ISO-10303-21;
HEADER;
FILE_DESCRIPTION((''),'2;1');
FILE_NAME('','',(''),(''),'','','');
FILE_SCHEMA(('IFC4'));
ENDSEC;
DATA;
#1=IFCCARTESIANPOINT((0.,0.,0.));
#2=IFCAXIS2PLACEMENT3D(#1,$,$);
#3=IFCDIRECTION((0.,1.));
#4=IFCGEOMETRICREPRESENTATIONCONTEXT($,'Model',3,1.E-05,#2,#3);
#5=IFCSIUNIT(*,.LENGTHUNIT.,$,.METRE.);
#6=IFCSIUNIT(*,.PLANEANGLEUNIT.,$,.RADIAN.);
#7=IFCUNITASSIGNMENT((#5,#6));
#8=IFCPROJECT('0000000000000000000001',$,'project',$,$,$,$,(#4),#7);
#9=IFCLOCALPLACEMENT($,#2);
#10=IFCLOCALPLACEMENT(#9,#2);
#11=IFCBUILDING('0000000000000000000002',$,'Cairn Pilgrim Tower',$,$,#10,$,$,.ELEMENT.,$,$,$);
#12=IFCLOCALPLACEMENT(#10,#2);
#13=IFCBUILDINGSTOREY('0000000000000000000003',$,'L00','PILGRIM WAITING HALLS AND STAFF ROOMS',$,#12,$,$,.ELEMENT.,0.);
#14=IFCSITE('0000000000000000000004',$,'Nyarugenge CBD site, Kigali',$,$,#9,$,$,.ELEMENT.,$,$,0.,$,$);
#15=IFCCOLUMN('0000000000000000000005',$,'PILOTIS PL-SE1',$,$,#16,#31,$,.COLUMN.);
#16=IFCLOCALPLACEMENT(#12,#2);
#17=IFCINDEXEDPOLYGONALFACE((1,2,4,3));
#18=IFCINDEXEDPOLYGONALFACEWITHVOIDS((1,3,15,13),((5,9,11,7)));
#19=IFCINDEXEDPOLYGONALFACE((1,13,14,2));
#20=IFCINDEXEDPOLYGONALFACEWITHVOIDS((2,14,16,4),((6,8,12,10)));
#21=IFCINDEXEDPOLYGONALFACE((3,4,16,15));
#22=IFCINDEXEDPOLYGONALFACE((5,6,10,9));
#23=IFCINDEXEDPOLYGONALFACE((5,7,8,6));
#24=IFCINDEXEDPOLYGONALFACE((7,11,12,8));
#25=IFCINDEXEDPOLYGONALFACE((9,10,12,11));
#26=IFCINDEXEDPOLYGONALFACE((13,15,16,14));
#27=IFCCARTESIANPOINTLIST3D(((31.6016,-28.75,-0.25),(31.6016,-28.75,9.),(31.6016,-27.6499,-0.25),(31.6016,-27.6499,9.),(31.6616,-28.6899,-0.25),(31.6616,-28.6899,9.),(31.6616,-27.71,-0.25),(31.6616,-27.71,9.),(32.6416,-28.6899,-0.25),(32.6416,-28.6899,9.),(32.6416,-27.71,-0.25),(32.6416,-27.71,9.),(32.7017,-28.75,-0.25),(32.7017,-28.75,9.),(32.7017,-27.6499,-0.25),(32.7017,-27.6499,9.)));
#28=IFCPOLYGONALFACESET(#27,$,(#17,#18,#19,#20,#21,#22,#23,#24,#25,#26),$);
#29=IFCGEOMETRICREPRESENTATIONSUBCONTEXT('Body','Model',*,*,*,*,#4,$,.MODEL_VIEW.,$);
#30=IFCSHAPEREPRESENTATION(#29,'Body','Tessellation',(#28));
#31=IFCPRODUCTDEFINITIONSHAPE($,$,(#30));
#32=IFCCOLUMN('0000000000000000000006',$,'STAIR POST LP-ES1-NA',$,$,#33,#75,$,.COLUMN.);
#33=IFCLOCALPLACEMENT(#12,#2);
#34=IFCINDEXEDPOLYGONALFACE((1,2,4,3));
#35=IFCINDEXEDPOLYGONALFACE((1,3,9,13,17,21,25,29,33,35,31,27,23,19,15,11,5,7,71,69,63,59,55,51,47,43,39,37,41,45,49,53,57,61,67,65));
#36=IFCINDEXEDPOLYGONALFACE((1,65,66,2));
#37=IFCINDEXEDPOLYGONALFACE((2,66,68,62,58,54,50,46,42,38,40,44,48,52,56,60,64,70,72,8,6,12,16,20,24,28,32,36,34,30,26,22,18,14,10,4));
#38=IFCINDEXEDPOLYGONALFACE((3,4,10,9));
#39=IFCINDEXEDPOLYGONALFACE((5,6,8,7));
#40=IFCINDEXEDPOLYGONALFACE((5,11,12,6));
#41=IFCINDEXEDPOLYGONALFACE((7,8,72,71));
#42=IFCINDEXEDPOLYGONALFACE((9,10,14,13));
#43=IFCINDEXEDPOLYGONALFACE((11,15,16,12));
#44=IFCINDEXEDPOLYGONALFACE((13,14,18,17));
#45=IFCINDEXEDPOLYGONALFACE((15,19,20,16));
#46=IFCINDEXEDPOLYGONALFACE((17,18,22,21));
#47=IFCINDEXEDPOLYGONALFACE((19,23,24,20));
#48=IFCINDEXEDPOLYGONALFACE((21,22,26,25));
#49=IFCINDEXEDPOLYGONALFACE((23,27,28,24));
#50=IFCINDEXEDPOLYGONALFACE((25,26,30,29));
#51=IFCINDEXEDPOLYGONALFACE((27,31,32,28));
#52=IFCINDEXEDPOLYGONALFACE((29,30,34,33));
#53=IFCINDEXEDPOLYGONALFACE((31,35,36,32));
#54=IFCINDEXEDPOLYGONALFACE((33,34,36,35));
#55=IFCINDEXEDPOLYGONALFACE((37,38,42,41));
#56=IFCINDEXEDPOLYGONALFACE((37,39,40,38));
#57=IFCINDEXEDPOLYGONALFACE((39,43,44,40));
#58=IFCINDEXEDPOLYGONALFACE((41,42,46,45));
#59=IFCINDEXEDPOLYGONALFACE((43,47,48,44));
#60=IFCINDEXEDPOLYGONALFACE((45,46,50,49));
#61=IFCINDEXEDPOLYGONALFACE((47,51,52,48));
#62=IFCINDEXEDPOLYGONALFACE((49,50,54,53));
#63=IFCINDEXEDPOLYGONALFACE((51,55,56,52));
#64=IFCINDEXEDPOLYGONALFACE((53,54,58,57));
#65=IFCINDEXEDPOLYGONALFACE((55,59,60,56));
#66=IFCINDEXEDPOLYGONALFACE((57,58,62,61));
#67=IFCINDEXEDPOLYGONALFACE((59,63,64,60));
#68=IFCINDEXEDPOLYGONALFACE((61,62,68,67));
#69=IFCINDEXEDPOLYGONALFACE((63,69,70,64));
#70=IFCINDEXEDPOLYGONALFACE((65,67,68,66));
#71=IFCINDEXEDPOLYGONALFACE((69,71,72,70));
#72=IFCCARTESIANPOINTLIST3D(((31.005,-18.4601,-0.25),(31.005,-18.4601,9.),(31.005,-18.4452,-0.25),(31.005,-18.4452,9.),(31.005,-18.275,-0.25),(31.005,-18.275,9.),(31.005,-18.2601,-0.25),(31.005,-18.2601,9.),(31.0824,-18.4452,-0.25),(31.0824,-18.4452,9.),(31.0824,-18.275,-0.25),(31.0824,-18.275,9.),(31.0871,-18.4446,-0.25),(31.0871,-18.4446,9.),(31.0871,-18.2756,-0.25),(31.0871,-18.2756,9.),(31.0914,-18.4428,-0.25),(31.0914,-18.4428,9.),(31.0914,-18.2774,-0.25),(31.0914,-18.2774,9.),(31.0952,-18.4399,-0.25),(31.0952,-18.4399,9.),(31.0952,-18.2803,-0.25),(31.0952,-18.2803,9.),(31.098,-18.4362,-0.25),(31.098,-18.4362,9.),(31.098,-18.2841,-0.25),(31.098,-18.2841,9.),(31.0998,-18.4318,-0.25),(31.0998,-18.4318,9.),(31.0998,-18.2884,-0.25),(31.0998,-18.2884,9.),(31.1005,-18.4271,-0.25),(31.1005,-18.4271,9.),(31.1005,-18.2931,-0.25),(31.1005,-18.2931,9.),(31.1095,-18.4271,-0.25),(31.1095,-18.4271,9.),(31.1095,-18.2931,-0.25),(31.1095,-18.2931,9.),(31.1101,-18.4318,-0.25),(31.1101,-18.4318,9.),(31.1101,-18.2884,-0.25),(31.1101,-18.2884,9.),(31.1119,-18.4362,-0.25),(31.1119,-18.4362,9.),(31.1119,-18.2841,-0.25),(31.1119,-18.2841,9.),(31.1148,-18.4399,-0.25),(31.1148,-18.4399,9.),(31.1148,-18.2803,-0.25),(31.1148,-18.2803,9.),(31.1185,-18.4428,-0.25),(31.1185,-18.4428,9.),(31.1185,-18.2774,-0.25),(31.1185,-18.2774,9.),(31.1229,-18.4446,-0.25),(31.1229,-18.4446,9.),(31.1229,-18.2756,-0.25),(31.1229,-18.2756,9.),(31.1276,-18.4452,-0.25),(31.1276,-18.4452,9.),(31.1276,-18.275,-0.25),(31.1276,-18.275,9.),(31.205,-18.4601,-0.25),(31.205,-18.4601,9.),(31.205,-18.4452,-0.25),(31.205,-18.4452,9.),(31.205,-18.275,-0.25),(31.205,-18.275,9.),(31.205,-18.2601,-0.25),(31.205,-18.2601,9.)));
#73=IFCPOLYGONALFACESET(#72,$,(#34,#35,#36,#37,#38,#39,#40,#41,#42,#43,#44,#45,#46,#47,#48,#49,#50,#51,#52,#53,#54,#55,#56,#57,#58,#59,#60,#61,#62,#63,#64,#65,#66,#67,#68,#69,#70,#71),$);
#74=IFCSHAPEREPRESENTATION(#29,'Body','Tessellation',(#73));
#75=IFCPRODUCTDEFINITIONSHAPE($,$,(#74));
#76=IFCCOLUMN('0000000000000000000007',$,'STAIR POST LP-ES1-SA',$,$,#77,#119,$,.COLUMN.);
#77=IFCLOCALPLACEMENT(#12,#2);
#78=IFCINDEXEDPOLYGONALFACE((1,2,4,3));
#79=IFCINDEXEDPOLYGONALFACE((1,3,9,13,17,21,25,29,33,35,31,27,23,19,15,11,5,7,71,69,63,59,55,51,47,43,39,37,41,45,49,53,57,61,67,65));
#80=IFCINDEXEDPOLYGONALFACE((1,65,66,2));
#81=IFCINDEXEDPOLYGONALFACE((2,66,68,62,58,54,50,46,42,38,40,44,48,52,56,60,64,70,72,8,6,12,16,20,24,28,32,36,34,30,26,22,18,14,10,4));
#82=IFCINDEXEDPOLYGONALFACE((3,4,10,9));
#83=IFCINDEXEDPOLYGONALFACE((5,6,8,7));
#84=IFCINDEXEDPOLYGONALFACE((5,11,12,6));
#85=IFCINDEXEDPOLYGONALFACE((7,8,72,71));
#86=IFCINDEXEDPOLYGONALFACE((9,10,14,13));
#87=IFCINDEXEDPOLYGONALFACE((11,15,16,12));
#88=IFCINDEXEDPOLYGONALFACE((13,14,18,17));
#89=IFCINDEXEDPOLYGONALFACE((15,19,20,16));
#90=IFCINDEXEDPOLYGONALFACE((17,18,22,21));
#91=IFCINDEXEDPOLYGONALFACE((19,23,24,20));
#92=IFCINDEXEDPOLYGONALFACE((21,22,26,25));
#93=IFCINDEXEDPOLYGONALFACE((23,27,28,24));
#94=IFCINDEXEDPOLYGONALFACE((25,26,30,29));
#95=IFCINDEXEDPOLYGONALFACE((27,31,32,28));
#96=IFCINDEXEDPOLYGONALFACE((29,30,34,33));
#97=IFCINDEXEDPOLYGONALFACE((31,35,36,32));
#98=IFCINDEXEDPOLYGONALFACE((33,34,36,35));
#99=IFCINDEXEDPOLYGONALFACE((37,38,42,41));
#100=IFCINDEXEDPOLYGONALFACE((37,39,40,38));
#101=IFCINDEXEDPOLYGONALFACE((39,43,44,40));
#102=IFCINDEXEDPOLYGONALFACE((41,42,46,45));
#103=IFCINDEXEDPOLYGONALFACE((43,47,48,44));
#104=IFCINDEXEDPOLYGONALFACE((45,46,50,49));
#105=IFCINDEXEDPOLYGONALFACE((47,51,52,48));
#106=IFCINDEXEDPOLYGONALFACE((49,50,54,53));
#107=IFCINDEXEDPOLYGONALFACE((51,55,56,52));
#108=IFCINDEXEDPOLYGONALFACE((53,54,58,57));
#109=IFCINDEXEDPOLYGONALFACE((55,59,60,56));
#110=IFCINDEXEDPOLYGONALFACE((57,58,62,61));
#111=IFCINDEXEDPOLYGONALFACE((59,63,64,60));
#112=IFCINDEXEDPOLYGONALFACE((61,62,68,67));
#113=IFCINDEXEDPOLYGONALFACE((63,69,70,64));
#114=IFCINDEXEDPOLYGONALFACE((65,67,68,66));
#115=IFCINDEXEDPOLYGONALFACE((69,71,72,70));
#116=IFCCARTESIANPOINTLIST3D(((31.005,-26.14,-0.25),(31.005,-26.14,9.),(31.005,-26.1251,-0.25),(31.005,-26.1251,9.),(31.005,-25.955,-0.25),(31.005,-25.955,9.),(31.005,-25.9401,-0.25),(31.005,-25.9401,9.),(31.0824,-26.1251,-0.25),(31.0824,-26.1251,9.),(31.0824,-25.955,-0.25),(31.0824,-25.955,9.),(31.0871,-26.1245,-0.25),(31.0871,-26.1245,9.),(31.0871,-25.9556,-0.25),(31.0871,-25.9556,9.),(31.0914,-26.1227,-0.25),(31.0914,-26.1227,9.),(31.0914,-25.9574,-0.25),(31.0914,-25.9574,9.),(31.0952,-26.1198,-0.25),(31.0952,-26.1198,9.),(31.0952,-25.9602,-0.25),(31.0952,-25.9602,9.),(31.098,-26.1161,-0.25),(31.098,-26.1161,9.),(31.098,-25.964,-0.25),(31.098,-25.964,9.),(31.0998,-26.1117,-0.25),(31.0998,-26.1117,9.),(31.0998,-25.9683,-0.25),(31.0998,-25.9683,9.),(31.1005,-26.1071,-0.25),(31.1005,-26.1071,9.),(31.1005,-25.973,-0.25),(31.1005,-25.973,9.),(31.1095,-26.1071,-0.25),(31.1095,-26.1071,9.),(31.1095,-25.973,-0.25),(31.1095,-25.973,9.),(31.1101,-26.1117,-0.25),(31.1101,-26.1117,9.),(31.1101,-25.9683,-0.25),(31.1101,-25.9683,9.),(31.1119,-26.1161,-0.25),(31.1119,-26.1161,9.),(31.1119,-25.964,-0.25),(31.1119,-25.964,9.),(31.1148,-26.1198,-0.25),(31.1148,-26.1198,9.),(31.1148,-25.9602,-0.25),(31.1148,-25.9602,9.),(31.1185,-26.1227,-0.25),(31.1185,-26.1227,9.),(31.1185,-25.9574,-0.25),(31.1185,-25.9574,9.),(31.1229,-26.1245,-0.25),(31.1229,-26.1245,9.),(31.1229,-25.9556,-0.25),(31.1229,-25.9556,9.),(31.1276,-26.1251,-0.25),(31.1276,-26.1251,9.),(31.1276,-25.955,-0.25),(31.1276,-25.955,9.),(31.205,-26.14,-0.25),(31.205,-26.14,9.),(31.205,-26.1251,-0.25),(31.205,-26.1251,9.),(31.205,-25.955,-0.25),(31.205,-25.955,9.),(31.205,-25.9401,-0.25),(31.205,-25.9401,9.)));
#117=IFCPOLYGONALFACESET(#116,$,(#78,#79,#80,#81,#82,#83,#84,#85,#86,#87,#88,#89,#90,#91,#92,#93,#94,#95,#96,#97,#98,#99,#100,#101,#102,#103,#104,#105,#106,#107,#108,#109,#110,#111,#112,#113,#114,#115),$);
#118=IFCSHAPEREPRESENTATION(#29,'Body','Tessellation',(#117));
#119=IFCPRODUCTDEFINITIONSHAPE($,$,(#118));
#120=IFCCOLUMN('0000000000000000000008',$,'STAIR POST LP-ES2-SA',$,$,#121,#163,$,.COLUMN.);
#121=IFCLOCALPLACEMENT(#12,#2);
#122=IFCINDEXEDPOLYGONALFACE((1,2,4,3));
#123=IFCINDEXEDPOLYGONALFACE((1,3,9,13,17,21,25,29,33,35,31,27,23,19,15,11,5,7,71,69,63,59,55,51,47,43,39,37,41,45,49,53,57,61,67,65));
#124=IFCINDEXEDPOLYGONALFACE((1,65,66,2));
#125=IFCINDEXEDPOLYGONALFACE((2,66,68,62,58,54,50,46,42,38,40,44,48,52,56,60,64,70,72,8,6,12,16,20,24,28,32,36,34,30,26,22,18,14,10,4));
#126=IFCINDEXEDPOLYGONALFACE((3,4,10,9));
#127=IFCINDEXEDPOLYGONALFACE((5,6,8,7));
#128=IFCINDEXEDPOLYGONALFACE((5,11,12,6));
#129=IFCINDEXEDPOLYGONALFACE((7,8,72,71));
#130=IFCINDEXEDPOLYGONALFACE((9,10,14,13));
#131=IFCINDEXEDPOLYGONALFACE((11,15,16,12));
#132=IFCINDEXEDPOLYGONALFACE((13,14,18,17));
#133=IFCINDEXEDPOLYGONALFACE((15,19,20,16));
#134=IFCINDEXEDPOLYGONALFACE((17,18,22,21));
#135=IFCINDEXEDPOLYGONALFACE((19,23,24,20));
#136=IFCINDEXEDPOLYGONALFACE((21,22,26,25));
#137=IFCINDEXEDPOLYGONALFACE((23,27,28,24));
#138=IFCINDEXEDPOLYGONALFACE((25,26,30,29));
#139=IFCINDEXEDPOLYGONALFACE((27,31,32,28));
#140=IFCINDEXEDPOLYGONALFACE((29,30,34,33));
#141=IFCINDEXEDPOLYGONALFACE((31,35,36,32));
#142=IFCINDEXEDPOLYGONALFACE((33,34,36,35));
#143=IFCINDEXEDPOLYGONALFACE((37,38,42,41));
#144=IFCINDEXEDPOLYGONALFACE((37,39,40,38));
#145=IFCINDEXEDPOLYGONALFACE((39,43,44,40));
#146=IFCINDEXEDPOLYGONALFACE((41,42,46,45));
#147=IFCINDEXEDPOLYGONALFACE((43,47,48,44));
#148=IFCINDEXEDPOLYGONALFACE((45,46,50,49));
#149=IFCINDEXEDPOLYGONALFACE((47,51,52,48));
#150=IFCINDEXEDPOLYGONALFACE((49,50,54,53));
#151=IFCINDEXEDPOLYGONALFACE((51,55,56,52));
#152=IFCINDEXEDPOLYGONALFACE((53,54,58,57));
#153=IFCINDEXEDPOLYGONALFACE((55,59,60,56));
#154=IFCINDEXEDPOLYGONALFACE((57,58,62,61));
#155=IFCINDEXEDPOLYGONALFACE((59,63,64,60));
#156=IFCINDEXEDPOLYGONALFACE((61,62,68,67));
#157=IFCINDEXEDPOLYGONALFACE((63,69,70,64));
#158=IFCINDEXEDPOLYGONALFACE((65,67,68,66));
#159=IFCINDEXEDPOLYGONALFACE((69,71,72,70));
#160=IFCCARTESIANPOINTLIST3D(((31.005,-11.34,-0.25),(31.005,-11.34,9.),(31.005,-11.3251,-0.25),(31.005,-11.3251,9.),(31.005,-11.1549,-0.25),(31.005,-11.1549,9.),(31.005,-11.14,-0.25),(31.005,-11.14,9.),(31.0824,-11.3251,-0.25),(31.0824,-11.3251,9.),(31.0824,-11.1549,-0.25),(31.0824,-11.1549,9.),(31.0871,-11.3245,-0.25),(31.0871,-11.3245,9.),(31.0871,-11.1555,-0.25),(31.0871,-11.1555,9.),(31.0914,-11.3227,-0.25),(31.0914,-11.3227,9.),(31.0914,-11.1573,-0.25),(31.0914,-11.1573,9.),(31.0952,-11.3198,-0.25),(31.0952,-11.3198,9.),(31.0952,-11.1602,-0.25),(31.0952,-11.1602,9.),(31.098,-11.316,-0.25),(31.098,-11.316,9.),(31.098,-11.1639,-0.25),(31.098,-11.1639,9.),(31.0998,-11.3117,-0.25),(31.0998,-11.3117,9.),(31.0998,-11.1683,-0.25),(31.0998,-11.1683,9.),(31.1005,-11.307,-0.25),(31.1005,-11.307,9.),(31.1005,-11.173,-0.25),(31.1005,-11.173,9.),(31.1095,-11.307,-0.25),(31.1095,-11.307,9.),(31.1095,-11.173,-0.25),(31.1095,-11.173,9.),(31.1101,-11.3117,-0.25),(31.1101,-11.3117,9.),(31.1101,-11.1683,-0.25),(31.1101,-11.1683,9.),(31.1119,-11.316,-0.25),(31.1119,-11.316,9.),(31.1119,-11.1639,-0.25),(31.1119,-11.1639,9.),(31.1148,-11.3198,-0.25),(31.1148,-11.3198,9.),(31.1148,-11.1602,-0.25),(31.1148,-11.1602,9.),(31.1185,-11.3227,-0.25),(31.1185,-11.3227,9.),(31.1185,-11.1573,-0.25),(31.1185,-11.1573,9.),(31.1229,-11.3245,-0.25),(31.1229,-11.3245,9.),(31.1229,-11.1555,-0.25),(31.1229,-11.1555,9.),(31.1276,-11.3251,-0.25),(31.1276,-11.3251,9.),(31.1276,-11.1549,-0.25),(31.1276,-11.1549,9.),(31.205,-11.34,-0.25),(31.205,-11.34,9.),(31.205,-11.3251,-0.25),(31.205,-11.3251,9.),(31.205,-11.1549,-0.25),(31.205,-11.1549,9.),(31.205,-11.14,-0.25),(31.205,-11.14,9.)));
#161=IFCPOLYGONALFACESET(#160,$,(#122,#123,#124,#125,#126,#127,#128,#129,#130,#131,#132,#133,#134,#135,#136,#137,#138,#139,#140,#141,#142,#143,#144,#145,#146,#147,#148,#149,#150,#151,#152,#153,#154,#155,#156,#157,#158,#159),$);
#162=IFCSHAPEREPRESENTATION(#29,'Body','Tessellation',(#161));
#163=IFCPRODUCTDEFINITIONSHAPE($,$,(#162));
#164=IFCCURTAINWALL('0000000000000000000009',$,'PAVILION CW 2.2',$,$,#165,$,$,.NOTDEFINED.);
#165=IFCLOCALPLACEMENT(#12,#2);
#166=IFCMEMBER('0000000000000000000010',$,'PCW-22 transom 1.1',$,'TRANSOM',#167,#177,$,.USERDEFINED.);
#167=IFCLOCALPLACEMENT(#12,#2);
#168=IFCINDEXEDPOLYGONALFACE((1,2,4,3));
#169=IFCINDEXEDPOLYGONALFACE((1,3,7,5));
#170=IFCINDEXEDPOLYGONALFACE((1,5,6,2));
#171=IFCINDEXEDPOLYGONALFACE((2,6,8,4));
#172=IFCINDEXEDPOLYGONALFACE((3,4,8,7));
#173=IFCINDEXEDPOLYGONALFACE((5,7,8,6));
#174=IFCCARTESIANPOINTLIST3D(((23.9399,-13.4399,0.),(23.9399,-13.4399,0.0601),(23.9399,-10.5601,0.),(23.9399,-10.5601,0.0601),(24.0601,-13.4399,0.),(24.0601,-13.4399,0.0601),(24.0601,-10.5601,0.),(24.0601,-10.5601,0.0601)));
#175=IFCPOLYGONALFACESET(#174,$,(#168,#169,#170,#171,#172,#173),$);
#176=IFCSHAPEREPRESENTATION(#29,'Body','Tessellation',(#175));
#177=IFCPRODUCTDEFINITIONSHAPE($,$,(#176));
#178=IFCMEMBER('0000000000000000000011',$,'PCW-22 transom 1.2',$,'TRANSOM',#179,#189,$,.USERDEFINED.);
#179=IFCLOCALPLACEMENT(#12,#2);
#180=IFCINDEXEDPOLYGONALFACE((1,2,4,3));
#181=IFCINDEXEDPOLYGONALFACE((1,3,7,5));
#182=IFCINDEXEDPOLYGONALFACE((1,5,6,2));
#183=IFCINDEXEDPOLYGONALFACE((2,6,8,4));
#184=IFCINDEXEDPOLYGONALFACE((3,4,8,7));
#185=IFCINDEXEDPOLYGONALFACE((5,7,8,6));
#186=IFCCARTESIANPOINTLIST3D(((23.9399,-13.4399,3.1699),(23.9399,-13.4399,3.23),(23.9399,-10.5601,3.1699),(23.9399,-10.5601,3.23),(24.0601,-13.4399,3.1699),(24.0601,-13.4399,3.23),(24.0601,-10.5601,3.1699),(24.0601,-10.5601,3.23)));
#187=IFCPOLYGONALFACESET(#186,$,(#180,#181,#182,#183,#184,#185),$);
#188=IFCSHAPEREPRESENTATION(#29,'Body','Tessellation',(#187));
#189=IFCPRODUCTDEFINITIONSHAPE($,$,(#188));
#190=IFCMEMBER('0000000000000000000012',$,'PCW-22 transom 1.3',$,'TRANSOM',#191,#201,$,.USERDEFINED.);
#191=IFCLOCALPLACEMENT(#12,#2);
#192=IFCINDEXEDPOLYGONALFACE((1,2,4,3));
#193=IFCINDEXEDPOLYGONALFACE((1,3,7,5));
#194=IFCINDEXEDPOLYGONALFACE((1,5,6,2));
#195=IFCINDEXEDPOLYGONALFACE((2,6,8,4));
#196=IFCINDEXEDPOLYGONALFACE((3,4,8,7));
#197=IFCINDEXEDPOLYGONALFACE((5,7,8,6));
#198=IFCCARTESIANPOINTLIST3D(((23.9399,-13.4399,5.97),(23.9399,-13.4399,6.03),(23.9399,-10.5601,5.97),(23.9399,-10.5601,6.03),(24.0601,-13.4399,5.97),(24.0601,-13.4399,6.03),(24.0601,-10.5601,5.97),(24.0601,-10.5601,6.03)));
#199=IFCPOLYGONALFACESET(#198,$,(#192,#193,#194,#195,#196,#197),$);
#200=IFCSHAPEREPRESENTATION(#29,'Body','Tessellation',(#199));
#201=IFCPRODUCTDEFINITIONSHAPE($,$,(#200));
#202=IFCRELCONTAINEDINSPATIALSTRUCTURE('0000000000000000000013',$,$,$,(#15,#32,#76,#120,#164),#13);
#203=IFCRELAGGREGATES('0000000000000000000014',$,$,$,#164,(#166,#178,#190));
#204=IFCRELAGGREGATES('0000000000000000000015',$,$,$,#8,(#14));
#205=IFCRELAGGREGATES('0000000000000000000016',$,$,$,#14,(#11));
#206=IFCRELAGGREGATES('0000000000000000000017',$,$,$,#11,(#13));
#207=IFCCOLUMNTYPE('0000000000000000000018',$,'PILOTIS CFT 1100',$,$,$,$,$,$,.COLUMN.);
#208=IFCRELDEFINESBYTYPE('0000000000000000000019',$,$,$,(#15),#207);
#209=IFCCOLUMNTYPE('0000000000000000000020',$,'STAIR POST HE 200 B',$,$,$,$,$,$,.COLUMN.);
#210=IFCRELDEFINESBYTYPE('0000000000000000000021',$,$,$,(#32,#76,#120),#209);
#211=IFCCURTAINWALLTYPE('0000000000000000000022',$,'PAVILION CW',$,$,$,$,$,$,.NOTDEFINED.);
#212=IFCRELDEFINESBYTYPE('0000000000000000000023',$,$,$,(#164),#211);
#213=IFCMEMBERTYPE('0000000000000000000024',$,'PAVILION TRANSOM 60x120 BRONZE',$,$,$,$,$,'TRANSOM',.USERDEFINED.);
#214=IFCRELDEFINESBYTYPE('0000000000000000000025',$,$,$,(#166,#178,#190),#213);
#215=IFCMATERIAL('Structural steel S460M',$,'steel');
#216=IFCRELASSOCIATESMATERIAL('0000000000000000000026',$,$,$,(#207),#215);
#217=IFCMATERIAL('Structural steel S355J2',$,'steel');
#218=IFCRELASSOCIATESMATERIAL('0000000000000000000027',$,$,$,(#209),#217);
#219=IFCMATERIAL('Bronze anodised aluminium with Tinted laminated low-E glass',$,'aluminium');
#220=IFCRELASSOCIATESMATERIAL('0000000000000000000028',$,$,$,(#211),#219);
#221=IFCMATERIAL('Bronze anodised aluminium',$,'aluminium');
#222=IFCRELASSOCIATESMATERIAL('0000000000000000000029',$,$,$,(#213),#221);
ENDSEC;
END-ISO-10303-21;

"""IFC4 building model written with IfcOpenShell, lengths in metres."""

from ifc_helpers import new_model, si_unit, direction, frame, origin, origin_2d, place, context, subcontext, project, spatial, rectangle, hollow_rectangle, i_section, extrude, material, material_profile, profile_set, type_object, element, aggregate, save


model = new_model("IFC4")

# Units and contexts
model_context = context("Model", 3, precision=1e-05, world=origin(), true_north=direction((0.0, 1.0)))
body_context = subcontext(model_context, "Body", "Model", "MODEL_VIEW")
ifc_project = project(units=[si_unit("LENGTHUNIT", "METRE"), si_unit("PLANEANGLEUNIT", "RADIAN")], contexts=[model_context])

# Site, building, storey
site_placement = place(None, origin())
site = spatial("IfcSite", under=ifc_project, at=site_placement, Name="Nyarugenge CBD site, Kigali", CompositionType="ELEMENT", RefElevation=0.0)
building_placement = place(site_placement, origin())
building = spatial("IfcBuilding", under=site, at=building_placement, Name="Cairn Pilgrim Tower", CompositionType="ELEMENT")
storey_placement = place(building_placement, origin())
storey = spatial("IfcBuildingStorey", under=building, at=storey_placement, Name="L00", Description="PILGRIM WAITING HALLS AND STAFF ROOMS", CompositionType="ELEMENT", Elevation=0.0)

# Columns
ifc_material_1 = material(Name="Structural steel S460M", Category="steel")
ifc_material_profile_1 = material_profile(ifc_material_1, hollow_rectangle(XDim=1.1001, YDim=1.1001, WallThickness=0.0601, at=origin_2d()), Name="BOX 1100x1100x60")
ifc_profile_set_1 = profile_set([ifc_material_profile_1], Name="Structural steel S460M")
column_type_1 = type_object("IfcColumnType", Name="PILOTIS CFT 1100", PredefinedType="COLUMN", material=ifc_profile_set_1)
column_1_placement = place(storey_placement, frame((32.1516, -28.2, -0.25), z_axis=(0.0, 0.0, 1.0), x_axis=(1.0, 0.0, 0.0)))
element("IfcColumn", 1, at=column_1_placement, inside=storey, type_object=column_type_1, Name="PILOTIS PL-SE1", PredefinedType="COLUMN", context=body_context, shape_type="SweptSolid", body=[
    extrude(hollow_rectangle(XDim=1.1001, YDim=1.1001, WallThickness=0.0601, at=origin_2d()), origin(), (0.0, 0.0, 1.0), 9.25),
])
ifc_material_2 = material(Name="Structural steel S355J2", Category="steel")
ifc_material_profile_2 = material_profile(ifc_material_2, i_section(OverallWidth=0.2, OverallDepth=0.2, WebThickness=0.009, FlangeThickness=0.0149, FilletRadius=0.0181, at=origin_2d()), Name="HE 200 B")
ifc_profile_set_2 = profile_set([ifc_material_profile_2], Name="Structural steel S355J2")
column_type_2 = type_object("IfcColumnType", Name="STAIR POST HE 200 B", PredefinedType="COLUMN", material=ifc_profile_set_2)
for number, where, z_axis, x_axis, name in (
    (2, (31.105, -18.3601, -0.25), (0.0, 0.0, 1.0), (1.0, 0.0, 0.0), "STAIR POST LP-ES1-NA"),
    (3, (31.105, -26.04, -0.25), (0.0, 0.0, 1.0), (1.0, 0.0, 0.0), "STAIR POST LP-ES1-SA"),
    (4, (31.105, -11.24, -0.25), (0.0, 0.0, 1.0), (1.0, 0.0, 0.0), "STAIR POST LP-ES2-SA"),
):
    element("IfcColumn", number, at=place(storey_placement, frame(where, z_axis=z_axis, x_axis=x_axis)), inside=storey, type_object=column_type_2, Name=name, PredefinedType="COLUMN", context=body_context, shape_type="SweptSolid", body=[
        extrude(i_section(OverallWidth=0.2, OverallDepth=0.2, WebThickness=0.009, FlangeThickness=0.0149, FilletRadius=0.0181, at=origin_2d()), origin(), (0.0, 0.0, 1.0), 9.25),
    ])

# Curtain wall, members
ifc_material_3 = material(Name="Bronze anodised aluminium with Tinted laminated low-E glass", Category="aluminium")
curtain_wall_type = type_object("IfcCurtainWallType", Name="PAVILION CW", PredefinedType="NOTDEFINED", material=ifc_material_3)
curtain_wall_placement = place(storey_placement, origin())
curtain_wall = element("IfcCurtainWall", 5, at=curtain_wall_placement, inside=storey, type_object=curtain_wall_type, Name="PAVILION CW 2.2", PredefinedType="NOTDEFINED")
ifc_material_4 = material(Name="Bronze anodised aluminium", Category="aluminium")
ifc_material_profile_3 = material_profile(ifc_material_4, rectangle(XDim=0.1201, YDim=0.0601, at=origin_2d()), Name="PAVILION TRANSOM 60x120 BRONZE")
ifc_profile_set_3 = profile_set([ifc_material_profile_3], Name="Bronze anodised aluminium")
member_type = type_object("IfcMemberType", Name="PAVILION TRANSOM 60x120 BRONZE", ElementType="TRANSOM", PredefinedType="USERDEFINED", material=ifc_profile_set_3)
member_1_placement = place(storey_placement, frame((24.0, -13.4399, 0.03), z_axis=(0.0, 1.0, 0.0), x_axis=(-1.0, 0.0, 0.0)))
member_1 = element("IfcMember", 6, at=member_1_placement, type_object=member_type, Name="PCW-22 transom 1.1", ObjectType="TRANSOM", PredefinedType="USERDEFINED", context=body_context, shape_type="SweptSolid", body=[
    extrude(rectangle(XDim=0.1201, YDim=0.0601, at=origin_2d()), origin(), (0.0, 0.0, 1.0), 2.8799),
])
member_2_placement = place(storey_placement, frame((24.0, -13.4399, 3.2), z_axis=(0.0, 1.0, 0.0), x_axis=(-1.0, 0.0, 0.0)))
member_2 = element("IfcMember", 7, at=member_2_placement, type_object=member_type, Name="PCW-22 transom 1.2", ObjectType="TRANSOM", PredefinedType="USERDEFINED", context=body_context, shape_type="SweptSolid", body=[
    extrude(rectangle(XDim=0.1201, YDim=0.0601, at=origin_2d()), origin(), (0.0, 0.0, 1.0), 2.8799),
])
member_3_placement = place(storey_placement, frame((24.0, -13.4399, 6.0), z_axis=(0.0, 1.0, 0.0), x_axis=(-1.0, 0.0, 0.0)))
member_3 = element("IfcMember", 8, at=member_3_placement, type_object=member_type, Name="PCW-22 transom 1.3", ObjectType="TRANSOM", PredefinedType="USERDEFINED", context=body_context, shape_type="SweptSolid", body=[
    extrude(rectangle(XDim=0.1201, YDim=0.0601, at=origin_2d()), origin(), (0.0, 0.0, 1.0), 2.8799),
])
aggregate(curtain_wall, [member_1, member_2, member_3])

save(model, "model.ifc")
